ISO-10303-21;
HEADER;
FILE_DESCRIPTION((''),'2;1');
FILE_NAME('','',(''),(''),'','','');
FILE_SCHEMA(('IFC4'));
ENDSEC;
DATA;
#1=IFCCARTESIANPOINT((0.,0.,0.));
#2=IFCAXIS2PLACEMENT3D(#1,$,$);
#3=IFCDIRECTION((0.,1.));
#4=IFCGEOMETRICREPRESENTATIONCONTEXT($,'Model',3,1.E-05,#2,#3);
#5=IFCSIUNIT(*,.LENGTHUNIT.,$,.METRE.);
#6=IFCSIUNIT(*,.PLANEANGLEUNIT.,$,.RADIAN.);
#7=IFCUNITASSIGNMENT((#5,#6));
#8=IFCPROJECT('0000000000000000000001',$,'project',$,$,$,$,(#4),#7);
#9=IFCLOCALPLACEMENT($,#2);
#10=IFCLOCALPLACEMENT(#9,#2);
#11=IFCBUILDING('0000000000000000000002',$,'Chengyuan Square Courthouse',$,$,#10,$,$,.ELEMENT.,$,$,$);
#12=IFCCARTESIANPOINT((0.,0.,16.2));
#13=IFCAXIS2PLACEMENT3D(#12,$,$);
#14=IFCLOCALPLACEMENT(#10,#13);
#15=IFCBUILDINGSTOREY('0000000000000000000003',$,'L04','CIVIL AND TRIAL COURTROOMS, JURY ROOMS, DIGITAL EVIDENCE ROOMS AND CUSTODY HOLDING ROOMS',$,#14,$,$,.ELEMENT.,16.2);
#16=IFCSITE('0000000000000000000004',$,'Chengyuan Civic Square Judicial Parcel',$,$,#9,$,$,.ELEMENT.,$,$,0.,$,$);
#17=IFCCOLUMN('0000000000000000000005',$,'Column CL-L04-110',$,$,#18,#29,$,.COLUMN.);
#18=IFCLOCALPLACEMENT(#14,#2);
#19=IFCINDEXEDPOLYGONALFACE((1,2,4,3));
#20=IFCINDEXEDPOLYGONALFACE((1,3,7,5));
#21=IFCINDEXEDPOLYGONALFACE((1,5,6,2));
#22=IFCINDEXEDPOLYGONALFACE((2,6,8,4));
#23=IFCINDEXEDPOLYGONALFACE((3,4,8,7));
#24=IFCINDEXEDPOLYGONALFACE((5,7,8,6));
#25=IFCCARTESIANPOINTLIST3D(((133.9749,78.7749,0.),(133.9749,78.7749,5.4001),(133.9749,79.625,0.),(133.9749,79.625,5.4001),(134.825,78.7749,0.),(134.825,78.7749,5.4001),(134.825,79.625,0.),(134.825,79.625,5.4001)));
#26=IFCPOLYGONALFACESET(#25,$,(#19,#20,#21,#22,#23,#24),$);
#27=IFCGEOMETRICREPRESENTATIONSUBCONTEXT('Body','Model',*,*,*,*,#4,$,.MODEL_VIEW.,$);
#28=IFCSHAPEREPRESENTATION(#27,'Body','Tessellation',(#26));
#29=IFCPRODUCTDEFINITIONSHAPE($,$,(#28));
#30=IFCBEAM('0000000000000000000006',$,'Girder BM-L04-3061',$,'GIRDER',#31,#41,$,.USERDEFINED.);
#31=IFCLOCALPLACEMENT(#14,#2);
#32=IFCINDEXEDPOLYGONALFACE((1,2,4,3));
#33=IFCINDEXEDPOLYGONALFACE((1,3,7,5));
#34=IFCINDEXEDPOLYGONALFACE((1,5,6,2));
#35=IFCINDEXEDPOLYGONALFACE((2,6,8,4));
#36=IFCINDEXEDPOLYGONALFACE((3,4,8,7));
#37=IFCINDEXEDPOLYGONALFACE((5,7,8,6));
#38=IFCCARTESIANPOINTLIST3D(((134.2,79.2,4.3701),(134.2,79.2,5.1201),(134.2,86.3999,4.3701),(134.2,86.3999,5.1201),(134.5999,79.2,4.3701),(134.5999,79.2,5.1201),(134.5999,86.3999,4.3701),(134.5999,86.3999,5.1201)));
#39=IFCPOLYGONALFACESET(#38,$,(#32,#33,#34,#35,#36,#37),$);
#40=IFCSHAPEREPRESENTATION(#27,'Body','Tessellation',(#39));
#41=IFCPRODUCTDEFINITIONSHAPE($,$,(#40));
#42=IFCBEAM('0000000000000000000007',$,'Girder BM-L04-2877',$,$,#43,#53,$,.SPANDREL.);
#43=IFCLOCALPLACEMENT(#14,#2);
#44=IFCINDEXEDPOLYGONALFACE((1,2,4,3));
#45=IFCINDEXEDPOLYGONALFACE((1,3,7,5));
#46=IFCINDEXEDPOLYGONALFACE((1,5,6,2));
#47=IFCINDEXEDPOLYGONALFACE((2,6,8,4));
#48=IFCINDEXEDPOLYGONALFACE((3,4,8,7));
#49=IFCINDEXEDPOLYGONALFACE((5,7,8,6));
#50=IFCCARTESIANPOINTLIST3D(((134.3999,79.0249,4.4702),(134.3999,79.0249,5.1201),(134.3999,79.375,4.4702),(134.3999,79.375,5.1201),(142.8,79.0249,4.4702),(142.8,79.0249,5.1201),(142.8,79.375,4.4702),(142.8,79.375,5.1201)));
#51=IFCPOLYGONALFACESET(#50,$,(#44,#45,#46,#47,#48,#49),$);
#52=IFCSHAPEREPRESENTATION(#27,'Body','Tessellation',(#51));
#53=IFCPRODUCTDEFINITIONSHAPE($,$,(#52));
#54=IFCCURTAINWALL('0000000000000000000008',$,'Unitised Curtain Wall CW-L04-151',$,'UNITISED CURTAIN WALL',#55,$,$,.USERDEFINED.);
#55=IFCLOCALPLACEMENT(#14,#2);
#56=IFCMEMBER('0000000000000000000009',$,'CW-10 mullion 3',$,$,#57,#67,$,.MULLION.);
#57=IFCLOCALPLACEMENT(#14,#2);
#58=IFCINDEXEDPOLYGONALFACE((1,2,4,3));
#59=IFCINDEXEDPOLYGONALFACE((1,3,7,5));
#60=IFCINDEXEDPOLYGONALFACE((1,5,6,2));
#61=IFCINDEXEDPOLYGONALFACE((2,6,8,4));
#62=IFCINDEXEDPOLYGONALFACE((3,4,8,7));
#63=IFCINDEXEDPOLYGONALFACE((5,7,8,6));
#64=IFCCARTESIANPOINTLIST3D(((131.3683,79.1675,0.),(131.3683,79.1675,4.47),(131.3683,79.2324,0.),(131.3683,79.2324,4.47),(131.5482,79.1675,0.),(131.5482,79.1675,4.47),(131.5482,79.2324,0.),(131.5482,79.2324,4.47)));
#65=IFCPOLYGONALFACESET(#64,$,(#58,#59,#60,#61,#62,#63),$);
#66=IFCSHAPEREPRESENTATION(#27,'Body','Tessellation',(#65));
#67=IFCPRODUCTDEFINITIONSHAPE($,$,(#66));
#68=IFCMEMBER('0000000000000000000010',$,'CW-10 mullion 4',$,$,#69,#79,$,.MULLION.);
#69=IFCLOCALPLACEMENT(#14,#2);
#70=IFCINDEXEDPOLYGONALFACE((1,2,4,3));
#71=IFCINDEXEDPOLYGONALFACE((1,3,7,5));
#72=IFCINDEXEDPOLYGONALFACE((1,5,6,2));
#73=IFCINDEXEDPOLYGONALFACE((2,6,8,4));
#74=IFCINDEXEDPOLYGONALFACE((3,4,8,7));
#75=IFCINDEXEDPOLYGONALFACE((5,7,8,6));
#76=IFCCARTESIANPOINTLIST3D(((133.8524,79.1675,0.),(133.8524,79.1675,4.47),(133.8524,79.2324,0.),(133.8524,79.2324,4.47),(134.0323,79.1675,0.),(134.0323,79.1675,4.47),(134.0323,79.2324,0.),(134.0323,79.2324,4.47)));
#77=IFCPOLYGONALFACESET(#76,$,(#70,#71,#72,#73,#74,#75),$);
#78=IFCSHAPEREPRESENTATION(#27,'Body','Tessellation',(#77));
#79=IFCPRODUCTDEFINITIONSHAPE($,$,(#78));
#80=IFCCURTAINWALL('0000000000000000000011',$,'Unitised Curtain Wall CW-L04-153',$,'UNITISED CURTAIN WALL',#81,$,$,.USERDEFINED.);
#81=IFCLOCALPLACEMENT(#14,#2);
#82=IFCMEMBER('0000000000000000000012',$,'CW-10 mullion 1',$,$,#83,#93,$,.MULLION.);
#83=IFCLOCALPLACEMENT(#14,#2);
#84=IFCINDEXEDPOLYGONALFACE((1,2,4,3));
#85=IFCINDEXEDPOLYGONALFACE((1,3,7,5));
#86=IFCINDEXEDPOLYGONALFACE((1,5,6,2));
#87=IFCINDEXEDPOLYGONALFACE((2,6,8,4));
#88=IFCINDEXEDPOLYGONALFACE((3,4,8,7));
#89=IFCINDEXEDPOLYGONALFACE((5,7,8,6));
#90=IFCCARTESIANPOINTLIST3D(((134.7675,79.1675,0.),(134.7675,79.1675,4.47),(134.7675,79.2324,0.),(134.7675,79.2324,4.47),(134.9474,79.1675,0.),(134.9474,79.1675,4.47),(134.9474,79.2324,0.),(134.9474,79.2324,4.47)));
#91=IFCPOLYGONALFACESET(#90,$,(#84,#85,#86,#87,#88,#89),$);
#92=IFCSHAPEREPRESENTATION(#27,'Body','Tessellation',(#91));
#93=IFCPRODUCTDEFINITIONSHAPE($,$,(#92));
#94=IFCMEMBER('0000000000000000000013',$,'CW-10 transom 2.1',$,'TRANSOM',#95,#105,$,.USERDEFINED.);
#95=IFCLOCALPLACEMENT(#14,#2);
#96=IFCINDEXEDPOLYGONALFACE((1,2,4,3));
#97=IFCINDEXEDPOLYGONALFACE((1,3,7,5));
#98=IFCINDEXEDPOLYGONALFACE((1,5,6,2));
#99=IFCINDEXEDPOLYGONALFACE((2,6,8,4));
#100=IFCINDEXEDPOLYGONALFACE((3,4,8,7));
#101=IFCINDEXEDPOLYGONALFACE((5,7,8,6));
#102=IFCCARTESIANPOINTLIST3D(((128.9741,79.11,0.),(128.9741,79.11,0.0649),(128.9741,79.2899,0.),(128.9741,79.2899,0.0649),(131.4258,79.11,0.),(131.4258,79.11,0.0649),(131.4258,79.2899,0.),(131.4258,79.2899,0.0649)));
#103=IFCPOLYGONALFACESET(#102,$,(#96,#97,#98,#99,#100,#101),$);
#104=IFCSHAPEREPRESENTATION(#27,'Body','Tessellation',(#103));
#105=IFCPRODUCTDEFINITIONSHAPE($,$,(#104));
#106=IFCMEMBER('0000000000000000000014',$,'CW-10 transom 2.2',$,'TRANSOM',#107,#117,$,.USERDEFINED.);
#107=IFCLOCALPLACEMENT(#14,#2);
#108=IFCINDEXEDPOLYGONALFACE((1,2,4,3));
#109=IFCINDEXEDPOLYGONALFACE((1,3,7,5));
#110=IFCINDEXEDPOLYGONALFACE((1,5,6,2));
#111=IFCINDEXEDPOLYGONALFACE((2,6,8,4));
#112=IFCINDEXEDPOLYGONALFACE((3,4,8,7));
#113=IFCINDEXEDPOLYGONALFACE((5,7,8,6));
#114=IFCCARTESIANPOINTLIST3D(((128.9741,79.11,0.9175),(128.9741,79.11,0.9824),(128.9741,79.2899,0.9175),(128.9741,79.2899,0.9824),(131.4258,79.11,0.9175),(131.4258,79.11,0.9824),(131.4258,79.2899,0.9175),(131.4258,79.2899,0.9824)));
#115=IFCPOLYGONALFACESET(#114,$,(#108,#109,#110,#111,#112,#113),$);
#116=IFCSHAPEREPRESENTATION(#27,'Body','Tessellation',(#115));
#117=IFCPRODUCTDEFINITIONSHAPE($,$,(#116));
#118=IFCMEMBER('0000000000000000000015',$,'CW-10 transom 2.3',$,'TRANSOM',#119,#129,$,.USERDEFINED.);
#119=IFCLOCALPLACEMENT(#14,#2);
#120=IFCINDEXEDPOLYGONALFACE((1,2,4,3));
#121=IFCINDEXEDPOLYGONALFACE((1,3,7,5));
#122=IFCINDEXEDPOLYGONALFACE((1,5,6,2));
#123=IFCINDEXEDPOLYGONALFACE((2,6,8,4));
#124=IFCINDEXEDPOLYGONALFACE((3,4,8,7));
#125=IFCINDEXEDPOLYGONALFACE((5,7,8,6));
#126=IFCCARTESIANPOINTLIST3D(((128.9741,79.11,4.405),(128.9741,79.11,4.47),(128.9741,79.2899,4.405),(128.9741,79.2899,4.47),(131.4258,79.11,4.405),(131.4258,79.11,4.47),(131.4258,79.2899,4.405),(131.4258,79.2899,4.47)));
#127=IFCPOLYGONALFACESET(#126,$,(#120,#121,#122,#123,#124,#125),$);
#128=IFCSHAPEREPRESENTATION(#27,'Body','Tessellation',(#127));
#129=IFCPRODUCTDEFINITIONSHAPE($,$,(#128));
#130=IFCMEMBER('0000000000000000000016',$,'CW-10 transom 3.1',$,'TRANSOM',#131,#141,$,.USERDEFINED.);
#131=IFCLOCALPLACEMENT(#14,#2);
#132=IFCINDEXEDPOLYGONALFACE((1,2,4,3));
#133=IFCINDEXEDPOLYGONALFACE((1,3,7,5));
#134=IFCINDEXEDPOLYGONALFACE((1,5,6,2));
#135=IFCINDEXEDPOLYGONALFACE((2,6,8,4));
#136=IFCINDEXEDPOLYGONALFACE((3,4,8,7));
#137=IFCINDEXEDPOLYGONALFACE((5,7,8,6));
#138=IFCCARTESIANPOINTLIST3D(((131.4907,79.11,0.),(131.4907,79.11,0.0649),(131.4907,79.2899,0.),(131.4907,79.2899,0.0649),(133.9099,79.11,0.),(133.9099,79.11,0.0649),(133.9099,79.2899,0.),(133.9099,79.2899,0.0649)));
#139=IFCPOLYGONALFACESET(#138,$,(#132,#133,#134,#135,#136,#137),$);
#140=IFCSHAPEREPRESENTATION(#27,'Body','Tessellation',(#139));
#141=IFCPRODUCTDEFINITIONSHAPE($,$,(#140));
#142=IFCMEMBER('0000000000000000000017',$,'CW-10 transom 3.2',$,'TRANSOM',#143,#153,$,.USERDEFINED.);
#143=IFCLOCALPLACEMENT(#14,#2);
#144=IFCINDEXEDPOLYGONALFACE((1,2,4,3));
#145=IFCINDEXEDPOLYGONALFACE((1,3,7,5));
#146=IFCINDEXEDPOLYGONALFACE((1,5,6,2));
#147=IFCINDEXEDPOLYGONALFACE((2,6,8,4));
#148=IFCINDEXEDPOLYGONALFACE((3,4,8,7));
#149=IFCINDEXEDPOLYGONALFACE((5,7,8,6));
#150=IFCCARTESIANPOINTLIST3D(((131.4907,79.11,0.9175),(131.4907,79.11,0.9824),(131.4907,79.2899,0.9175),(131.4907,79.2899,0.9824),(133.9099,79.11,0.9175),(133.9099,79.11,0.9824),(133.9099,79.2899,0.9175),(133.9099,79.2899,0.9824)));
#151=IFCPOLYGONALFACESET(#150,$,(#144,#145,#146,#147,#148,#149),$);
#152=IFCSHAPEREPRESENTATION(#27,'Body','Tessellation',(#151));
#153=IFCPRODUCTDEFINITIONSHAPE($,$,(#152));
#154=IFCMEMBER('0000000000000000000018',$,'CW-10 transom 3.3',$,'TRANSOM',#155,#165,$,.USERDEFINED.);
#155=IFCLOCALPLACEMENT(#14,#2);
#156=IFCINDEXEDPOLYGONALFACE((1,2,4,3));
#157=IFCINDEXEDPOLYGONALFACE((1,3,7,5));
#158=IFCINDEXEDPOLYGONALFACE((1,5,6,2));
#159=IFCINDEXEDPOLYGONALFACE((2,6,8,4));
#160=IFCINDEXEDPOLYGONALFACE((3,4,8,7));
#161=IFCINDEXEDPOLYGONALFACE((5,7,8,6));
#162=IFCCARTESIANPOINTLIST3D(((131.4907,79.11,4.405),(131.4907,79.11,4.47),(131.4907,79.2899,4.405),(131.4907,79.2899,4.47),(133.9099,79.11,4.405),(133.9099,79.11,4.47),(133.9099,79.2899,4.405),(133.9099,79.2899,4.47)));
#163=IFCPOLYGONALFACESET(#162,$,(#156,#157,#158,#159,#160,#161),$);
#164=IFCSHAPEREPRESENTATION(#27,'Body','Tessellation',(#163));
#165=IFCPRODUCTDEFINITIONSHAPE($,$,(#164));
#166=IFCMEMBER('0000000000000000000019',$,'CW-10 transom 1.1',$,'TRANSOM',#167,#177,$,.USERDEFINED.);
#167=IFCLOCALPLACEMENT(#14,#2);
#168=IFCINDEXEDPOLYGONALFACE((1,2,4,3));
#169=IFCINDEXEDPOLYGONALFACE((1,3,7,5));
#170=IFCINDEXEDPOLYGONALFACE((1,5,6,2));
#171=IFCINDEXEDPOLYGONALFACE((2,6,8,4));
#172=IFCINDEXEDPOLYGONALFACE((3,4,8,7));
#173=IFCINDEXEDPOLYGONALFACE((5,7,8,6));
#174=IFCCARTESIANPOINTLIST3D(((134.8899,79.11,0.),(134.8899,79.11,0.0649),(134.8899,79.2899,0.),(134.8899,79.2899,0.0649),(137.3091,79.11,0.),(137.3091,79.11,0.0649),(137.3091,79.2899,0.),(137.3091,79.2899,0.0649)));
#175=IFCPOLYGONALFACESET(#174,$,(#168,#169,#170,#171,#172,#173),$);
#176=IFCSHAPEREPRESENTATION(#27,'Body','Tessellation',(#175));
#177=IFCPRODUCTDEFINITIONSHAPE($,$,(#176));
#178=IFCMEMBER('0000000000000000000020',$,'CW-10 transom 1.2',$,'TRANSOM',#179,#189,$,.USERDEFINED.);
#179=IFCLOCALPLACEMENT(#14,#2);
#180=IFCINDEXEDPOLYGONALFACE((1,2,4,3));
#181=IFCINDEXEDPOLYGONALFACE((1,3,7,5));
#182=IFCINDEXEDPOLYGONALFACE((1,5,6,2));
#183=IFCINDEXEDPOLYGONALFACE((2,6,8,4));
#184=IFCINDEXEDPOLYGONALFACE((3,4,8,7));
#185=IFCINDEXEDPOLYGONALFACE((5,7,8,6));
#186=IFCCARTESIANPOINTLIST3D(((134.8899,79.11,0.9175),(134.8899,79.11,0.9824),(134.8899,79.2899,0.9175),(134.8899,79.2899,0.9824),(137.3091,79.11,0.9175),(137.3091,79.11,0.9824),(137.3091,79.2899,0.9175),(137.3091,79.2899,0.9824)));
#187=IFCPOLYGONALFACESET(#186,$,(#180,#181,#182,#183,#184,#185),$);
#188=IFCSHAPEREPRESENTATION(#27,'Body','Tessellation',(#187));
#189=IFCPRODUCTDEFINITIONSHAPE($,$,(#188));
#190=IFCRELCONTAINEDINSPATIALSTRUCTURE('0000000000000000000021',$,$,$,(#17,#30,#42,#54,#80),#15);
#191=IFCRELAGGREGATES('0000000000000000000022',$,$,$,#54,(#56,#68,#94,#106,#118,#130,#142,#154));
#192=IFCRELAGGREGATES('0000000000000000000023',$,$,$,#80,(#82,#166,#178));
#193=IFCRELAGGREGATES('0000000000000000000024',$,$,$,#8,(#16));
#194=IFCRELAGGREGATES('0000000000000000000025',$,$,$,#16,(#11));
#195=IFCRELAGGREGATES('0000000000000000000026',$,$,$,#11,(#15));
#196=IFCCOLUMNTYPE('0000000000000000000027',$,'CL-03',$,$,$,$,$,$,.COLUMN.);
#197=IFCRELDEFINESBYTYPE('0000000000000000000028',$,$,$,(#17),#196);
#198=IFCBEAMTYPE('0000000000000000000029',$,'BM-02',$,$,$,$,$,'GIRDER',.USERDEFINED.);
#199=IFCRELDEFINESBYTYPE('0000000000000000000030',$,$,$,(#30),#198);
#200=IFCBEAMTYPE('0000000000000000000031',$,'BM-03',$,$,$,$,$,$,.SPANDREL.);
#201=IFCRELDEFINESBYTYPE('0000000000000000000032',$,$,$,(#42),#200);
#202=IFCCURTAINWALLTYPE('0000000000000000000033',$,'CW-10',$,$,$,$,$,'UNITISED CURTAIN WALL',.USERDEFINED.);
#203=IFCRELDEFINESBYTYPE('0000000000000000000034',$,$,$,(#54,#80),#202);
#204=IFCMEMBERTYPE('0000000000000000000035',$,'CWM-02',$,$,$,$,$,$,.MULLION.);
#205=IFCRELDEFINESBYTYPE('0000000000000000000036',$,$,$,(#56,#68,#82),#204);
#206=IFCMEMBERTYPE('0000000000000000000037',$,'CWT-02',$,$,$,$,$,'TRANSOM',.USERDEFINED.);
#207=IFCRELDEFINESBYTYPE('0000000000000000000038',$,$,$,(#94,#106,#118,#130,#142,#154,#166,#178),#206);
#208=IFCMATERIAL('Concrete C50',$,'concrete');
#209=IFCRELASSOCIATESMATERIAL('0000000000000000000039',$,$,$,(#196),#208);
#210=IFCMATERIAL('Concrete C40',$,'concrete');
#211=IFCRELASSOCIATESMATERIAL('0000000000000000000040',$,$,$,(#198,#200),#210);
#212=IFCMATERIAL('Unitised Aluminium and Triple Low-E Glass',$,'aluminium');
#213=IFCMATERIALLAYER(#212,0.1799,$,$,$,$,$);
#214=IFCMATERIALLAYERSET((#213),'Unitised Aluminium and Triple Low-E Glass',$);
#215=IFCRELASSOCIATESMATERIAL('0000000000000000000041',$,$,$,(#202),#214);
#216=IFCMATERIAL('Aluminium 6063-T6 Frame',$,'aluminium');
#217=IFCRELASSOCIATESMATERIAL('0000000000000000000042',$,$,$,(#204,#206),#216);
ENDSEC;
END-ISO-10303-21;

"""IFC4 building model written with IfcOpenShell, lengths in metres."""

from ifc_helpers import new_model, si_unit, direction, frame, origin, origin_2d, place, context, subcontext, project, spatial, rectangle, extrude, material, layer, layer_set, material_profile, profile_set, type_object, element, aggregate, save


model = new_model("IFC4")

# Units and contexts
model_context = context("Model", 3, precision=1e-05, world=origin(), true_north=direction((0.0, 1.0)))
body_context = subcontext(model_context, "Body", "Model", "MODEL_VIEW")
ifc_project = project(units=[si_unit("LENGTHUNIT", "METRE"), si_unit("PLANEANGLEUNIT", "RADIAN")], contexts=[model_context])

# Site, building, storey
site_placement = place(None, origin())
site = spatial("IfcSite", under=ifc_project, at=site_placement, Name="Chengyuan Civic Square Judicial Parcel", CompositionType="ELEMENT", RefElevation=0.0)
building_placement = place(site_placement, origin())
building = spatial("IfcBuilding", under=site, at=building_placement, Name="Chengyuan Square Courthouse", CompositionType="ELEMENT")
storey_placement = place(building_placement, frame((0.0, 0.0, 16.2)))
storey = spatial("IfcBuildingStorey", under=building, at=storey_placement, Name="L04", Description="CIVIL AND TRIAL COURTROOMS, JURY ROOMS, DIGITAL EVIDENCE ROOMS AND CUSTODY HOLDING ROOMS", CompositionType="ELEMENT", Elevation=16.2)

# Column
ifc_material_1 = material(Name="Concrete C50", Category="concrete")
ifc_material_profile_1 = material_profile(ifc_material_1, rectangle(XDim=0.8501, YDim=0.8501, at=origin_2d()), Name="RC-COL-850x850")
ifc_profile_set_1 = profile_set([ifc_material_profile_1], Name="Concrete C50")
column_type = type_object("IfcColumnType", Name="CL-03", PredefinedType="COLUMN", material=ifc_profile_set_1)
column_placement = place(storey_placement, frame((134.3999, 79.2, 0.0), z_axis=(0.0, 0.0, 1.0), x_axis=(1.0, 0.0, 0.0)))
element("IfcColumn", 1, at=column_placement, inside=storey, type_object=column_type, Name="Column CL-L04-110", PredefinedType="COLUMN", context=body_context, shape_type="SweptSolid", body=[
    extrude(rectangle(XDim=0.8501, YDim=0.8501, at=origin_2d()), origin(), (0.0, 0.0, 1.0), 5.4001),
])

# Beams
ifc_material_2 = material(Name="Concrete C40", Category="concrete")
ifc_material_profile_2 = material_profile(ifc_material_2, rectangle(XDim=0.3999, YDim=0.75, at=origin_2d()), Name="RC-BM-400x750")
ifc_profile_set_2 = profile_set([ifc_material_profile_2], Name="Concrete C40")
beam_type_1 = type_object("IfcBeamType", Name="BM-02", ElementType="GIRDER", PredefinedType="USERDEFINED", material=ifc_profile_set_2)
beam_1_placement = place(storey_placement, frame((134.3999, 79.2, 4.7451), z_axis=(0.0, 1.0, 0.0), x_axis=(-1.0, 0.0, 0.0)))
element("IfcBeam", 2, at=beam_1_placement, inside=storey, type_object=beam_type_1, Name="Girder BM-L04-3061", ObjectType="GIRDER", PredefinedType="USERDEFINED", context=body_context, shape_type="SweptSolid", body=[
    extrude(rectangle(XDim=0.3999, YDim=0.75, at=origin_2d()), origin(), (0.0, 0.0, 1.0), 7.2),
])
ifc_material_profile_3 = material_profile(ifc_material_2, rectangle(XDim=0.3501, YDim=0.6499, at=origin_2d()), Name="RC-BM-350x650")
ifc_profile_set_3 = profile_set([ifc_material_profile_3], Name="Concrete C40")
beam_type_2 = type_object("IfcBeamType", Name="BM-03", PredefinedType="SPANDREL", material=ifc_profile_set_3)
beam_2_placement = place(storey_placement, frame((134.3999, 79.2, 4.7952), z_axis=(1.0, 0.0, 0.0), x_axis=(0.0, 1.0, 0.0)))
element("IfcBeam", 3, at=beam_2_placement, inside=storey, type_object=beam_type_2, Name="Girder BM-L04-2877", PredefinedType="SPANDREL", context=body_context, shape_type="SweptSolid", body=[
    extrude(rectangle(XDim=0.3501, YDim=0.6499, at=origin_2d()), origin(), (0.0, 0.0, 1.0), 8.4001),
])

# Curtain wall, members
ifc_material_3 = material(Name="Unitised Aluminium and Triple Low-E Glass", Category="aluminium")
ifc_layer_1 = layer(ifc_material_3, 0.1799)
ifc_layer_set_1 = layer_set([ifc_layer_1], Name="Unitised Aluminium and Triple Low-E Glass")
curtain_wall_type = type_object("IfcCurtainWallType", Name="CW-10", ElementType="UNITISED CURTAIN WALL", PredefinedType="USERDEFINED", material=ifc_layer_set_1)
curtain_wall_1_placement = place(storey_placement, origin())
curtain_wall_1 = element("IfcCurtainWall", 4, at=curtain_wall_1_placement, inside=storey, type_object=curtain_wall_type, Name="Unitised Curtain Wall CW-L04-151", ObjectType="UNITISED CURTAIN WALL", PredefinedType="USERDEFINED")
ifc_material_4 = material(Name="Aluminium 6063-T6 Frame", Category="aluminium")
ifc_material_profile_4 = material_profile(ifc_material_4, rectangle(XDim=0.0649, YDim=0.1799, at=origin_2d()), Name="CW-MUL-65x180")
ifc_profile_set_4 = profile_set([ifc_material_profile_4], Name="Aluminium 6063-T6 Frame")
member_type_1 = type_object("IfcMemberType", Name="CWM-02", PredefinedType="MULLION", material=ifc_profile_set_4)
member_1_placement = place(storey_placement, frame((131.4583, 79.2, 0.0), z_axis=(0.0, 0.0, 1.0), x_axis=(0.0, 1.0, 0.0)))
member_1 = element("IfcMember", 5, at=member_1_placement, type_object=member_type_1, Name="CW-10 mullion 3", PredefinedType="MULLION", context=body_context, shape_type="SweptSolid", body=[
    extrude(rectangle(XDim=0.0649, YDim=0.1799, at=origin_2d()), origin(), (0.0, 0.0, 1.0), 4.47),
])
member_2_placement = place(storey_placement, frame((133.9424, 79.2, 0.0), z_axis=(0.0, 0.0, 1.0), x_axis=(0.0, 1.0, 0.0)))
member_2 = element("IfcMember", 6, at=member_2_placement, type_object=member_type_1, Name="CW-10 mullion 4", PredefinedType="MULLION", context=body_context, shape_type="SweptSolid", body=[
    extrude(rectangle(XDim=0.0649, YDim=0.1799, at=origin_2d()), origin(), (0.0, 0.0, 1.0), 4.47),
])

# Curtain wall, member
curtain_wall_2_placement = place(storey_placement, origin())
curtain_wall_2 = element("IfcCurtainWall", 7, at=curtain_wall_2_placement, inside=storey, type_object=curtain_wall_type, Name="Unitised Curtain Wall CW-L04-153", ObjectType="UNITISED CURTAIN WALL", PredefinedType="USERDEFINED")
member_3_placement = place(storey_placement, frame((134.8574, 79.2, 0.0), z_axis=(0.0, 0.0, 1.0), x_axis=(0.0, 1.0, 0.0)))
member_3 = element("IfcMember", 8, at=member_3_placement, type_object=member_type_1, Name="CW-10 mullion 1", PredefinedType="MULLION", context=body_context, shape_type="SweptSolid", body=[
    extrude(rectangle(XDim=0.0649, YDim=0.1799, at=origin_2d()), origin(), (0.0, 0.0, 1.0), 4.47),
])

# Members
ifc_material_profile_5 = material_profile(ifc_material_4, rectangle(XDim=0.1799, YDim=0.0649, at=origin_2d()), Name="CW-TRN-65x140")
ifc_profile_set_5 = profile_set([ifc_material_profile_5], Name="Aluminium 6063-T6 Frame")
member_type_2 = type_object("IfcMemberType", Name="CWT-02", ElementType="TRANSOM", PredefinedType="USERDEFINED", material=ifc_profile_set_5)
member_4_placement = place(storey_placement, frame((128.9741, 79.2, 0.0325), z_axis=(1.0, 0.0, 0.0), x_axis=(0.0, 1.0, 0.0)))
member_4 = element("IfcMember", 9, at=member_4_placement, type_object=member_type_2, Name="CW-10 transom 2.1", ObjectType="TRANSOM", PredefinedType="USERDEFINED", context=body_context, shape_type="SweptSolid", body=[
    extrude(rectangle(XDim=0.1799, YDim=0.0649, at=origin_2d()), origin(), (0.0, 0.0, 1.0), 2.4517),
])
member_5_placement = place(storey_placement, frame((128.9741, 79.2, 0.95), z_axis=(1.0, 0.0, 0.0), x_axis=(0.0, 1.0, 0.0)))
member_5 = element("IfcMember", 10, at=member_5_placement, type_object=member_type_2, Name="CW-10 transom 2.2", ObjectType="TRANSOM", PredefinedType="USERDEFINED", context=body_context, shape_type="SweptSolid", body=[
    extrude(rectangle(XDim=0.1799, YDim=0.0649, at=origin_2d()), origin(), (0.0, 0.0, 1.0), 2.4517),
])
member_6_placement = place(storey_placement, frame((128.9741, 79.2, 4.4375), z_axis=(1.0, 0.0, 0.0), x_axis=(0.0, 1.0, 0.0)))
member_6 = element("IfcMember", 11, at=member_6_placement, type_object=member_type_2, Name="CW-10 transom 2.3", ObjectType="TRANSOM", PredefinedType="USERDEFINED", context=body_context, shape_type="SweptSolid", body=[
    extrude(rectangle(XDim=0.1799, YDim=0.0649, at=origin_2d()), origin(), (0.0, 0.0, 1.0), 2.4517),
])
member_7_placement = place(storey_placement, frame((131.4907, 79.2, 0.0325), z_axis=(1.0, 0.0, 0.0), x_axis=(0.0, 1.0, 0.0)))
member_7 = element("IfcMember", 12, at=member_7_placement, type_object=member_type_2, Name="CW-10 transom 3.1", ObjectType="TRANSOM", PredefinedType="USERDEFINED", context=body_context, shape_type="SweptSolid", body=[
    extrude(rectangle(XDim=0.1799, YDim=0.0649, at=origin_2d()), origin(), (0.0, 0.0, 1.0), 2.4192),
])
member_8_placement = place(storey_placement, frame((131.4907, 79.2, 0.95), z_axis=(1.0, 0.0, 0.0), x_axis=(0.0, 1.0, 0.0)))
member_8 = element("IfcMember", 13, at=member_8_placement, type_object=member_type_2, Name="CW-10 transom 3.2", ObjectType="TRANSOM", PredefinedType="USERDEFINED", context=body_context, shape_type="SweptSolid", body=[
    extrude(rectangle(XDim=0.1799, YDim=0.0649, at=origin_2d()), origin(), (0.0, 0.0, 1.0), 2.4192),
])
member_9_placement = place(storey_placement, frame((131.4907, 79.2, 4.4375), z_axis=(1.0, 0.0, 0.0), x_axis=(0.0, 1.0, 0.0)))
member_9 = element("IfcMember", 14, at=member_9_placement, type_object=member_type_2, Name="CW-10 transom 3.3", ObjectType="TRANSOM", PredefinedType="USERDEFINED", context=body_context, shape_type="SweptSolid", body=[
    extrude(rectangle(XDim=0.1799, YDim=0.0649, at=origin_2d()), origin(), (0.0, 0.0, 1.0), 2.4192),
])
member_10_placement = place(storey_placement, frame((134.8899, 79.2, 0.0325), z_axis=(1.0, 0.0, 0.0), x_axis=(0.0, 1.0, 0.0)))
member_10 = element("IfcMember", 15, at=member_10_placement, type_object=member_type_2, Name="CW-10 transom 1.1", ObjectType="TRANSOM", PredefinedType="USERDEFINED", context=body_context, shape_type="SweptSolid", body=[
    extrude(rectangle(XDim=0.1799, YDim=0.0649, at=origin_2d()), origin(), (0.0, 0.0, 1.0), 2.4192),
])
member_11_placement = place(storey_placement, frame((134.8899, 79.2, 0.95), z_axis=(1.0, 0.0, 0.0), x_axis=(0.0, 1.0, 0.0)))
member_11 = element("IfcMember", 16, at=member_11_placement, type_object=member_type_2, Name="CW-10 transom 1.2", ObjectType="TRANSOM", PredefinedType="USERDEFINED", context=body_context, shape_type="SweptSolid", body=[
    extrude(rectangle(XDim=0.1799, YDim=0.0649, at=origin_2d()), origin(), (0.0, 0.0, 1.0), 2.4192),
])

aggregate(curtain_wall_1, [member_1, member_2, member_4, member_5, member_6, member_7, member_8, member_9])
aggregate(curtain_wall_2, [member_3, member_10, member_11])

save(model, "model.ifc")
